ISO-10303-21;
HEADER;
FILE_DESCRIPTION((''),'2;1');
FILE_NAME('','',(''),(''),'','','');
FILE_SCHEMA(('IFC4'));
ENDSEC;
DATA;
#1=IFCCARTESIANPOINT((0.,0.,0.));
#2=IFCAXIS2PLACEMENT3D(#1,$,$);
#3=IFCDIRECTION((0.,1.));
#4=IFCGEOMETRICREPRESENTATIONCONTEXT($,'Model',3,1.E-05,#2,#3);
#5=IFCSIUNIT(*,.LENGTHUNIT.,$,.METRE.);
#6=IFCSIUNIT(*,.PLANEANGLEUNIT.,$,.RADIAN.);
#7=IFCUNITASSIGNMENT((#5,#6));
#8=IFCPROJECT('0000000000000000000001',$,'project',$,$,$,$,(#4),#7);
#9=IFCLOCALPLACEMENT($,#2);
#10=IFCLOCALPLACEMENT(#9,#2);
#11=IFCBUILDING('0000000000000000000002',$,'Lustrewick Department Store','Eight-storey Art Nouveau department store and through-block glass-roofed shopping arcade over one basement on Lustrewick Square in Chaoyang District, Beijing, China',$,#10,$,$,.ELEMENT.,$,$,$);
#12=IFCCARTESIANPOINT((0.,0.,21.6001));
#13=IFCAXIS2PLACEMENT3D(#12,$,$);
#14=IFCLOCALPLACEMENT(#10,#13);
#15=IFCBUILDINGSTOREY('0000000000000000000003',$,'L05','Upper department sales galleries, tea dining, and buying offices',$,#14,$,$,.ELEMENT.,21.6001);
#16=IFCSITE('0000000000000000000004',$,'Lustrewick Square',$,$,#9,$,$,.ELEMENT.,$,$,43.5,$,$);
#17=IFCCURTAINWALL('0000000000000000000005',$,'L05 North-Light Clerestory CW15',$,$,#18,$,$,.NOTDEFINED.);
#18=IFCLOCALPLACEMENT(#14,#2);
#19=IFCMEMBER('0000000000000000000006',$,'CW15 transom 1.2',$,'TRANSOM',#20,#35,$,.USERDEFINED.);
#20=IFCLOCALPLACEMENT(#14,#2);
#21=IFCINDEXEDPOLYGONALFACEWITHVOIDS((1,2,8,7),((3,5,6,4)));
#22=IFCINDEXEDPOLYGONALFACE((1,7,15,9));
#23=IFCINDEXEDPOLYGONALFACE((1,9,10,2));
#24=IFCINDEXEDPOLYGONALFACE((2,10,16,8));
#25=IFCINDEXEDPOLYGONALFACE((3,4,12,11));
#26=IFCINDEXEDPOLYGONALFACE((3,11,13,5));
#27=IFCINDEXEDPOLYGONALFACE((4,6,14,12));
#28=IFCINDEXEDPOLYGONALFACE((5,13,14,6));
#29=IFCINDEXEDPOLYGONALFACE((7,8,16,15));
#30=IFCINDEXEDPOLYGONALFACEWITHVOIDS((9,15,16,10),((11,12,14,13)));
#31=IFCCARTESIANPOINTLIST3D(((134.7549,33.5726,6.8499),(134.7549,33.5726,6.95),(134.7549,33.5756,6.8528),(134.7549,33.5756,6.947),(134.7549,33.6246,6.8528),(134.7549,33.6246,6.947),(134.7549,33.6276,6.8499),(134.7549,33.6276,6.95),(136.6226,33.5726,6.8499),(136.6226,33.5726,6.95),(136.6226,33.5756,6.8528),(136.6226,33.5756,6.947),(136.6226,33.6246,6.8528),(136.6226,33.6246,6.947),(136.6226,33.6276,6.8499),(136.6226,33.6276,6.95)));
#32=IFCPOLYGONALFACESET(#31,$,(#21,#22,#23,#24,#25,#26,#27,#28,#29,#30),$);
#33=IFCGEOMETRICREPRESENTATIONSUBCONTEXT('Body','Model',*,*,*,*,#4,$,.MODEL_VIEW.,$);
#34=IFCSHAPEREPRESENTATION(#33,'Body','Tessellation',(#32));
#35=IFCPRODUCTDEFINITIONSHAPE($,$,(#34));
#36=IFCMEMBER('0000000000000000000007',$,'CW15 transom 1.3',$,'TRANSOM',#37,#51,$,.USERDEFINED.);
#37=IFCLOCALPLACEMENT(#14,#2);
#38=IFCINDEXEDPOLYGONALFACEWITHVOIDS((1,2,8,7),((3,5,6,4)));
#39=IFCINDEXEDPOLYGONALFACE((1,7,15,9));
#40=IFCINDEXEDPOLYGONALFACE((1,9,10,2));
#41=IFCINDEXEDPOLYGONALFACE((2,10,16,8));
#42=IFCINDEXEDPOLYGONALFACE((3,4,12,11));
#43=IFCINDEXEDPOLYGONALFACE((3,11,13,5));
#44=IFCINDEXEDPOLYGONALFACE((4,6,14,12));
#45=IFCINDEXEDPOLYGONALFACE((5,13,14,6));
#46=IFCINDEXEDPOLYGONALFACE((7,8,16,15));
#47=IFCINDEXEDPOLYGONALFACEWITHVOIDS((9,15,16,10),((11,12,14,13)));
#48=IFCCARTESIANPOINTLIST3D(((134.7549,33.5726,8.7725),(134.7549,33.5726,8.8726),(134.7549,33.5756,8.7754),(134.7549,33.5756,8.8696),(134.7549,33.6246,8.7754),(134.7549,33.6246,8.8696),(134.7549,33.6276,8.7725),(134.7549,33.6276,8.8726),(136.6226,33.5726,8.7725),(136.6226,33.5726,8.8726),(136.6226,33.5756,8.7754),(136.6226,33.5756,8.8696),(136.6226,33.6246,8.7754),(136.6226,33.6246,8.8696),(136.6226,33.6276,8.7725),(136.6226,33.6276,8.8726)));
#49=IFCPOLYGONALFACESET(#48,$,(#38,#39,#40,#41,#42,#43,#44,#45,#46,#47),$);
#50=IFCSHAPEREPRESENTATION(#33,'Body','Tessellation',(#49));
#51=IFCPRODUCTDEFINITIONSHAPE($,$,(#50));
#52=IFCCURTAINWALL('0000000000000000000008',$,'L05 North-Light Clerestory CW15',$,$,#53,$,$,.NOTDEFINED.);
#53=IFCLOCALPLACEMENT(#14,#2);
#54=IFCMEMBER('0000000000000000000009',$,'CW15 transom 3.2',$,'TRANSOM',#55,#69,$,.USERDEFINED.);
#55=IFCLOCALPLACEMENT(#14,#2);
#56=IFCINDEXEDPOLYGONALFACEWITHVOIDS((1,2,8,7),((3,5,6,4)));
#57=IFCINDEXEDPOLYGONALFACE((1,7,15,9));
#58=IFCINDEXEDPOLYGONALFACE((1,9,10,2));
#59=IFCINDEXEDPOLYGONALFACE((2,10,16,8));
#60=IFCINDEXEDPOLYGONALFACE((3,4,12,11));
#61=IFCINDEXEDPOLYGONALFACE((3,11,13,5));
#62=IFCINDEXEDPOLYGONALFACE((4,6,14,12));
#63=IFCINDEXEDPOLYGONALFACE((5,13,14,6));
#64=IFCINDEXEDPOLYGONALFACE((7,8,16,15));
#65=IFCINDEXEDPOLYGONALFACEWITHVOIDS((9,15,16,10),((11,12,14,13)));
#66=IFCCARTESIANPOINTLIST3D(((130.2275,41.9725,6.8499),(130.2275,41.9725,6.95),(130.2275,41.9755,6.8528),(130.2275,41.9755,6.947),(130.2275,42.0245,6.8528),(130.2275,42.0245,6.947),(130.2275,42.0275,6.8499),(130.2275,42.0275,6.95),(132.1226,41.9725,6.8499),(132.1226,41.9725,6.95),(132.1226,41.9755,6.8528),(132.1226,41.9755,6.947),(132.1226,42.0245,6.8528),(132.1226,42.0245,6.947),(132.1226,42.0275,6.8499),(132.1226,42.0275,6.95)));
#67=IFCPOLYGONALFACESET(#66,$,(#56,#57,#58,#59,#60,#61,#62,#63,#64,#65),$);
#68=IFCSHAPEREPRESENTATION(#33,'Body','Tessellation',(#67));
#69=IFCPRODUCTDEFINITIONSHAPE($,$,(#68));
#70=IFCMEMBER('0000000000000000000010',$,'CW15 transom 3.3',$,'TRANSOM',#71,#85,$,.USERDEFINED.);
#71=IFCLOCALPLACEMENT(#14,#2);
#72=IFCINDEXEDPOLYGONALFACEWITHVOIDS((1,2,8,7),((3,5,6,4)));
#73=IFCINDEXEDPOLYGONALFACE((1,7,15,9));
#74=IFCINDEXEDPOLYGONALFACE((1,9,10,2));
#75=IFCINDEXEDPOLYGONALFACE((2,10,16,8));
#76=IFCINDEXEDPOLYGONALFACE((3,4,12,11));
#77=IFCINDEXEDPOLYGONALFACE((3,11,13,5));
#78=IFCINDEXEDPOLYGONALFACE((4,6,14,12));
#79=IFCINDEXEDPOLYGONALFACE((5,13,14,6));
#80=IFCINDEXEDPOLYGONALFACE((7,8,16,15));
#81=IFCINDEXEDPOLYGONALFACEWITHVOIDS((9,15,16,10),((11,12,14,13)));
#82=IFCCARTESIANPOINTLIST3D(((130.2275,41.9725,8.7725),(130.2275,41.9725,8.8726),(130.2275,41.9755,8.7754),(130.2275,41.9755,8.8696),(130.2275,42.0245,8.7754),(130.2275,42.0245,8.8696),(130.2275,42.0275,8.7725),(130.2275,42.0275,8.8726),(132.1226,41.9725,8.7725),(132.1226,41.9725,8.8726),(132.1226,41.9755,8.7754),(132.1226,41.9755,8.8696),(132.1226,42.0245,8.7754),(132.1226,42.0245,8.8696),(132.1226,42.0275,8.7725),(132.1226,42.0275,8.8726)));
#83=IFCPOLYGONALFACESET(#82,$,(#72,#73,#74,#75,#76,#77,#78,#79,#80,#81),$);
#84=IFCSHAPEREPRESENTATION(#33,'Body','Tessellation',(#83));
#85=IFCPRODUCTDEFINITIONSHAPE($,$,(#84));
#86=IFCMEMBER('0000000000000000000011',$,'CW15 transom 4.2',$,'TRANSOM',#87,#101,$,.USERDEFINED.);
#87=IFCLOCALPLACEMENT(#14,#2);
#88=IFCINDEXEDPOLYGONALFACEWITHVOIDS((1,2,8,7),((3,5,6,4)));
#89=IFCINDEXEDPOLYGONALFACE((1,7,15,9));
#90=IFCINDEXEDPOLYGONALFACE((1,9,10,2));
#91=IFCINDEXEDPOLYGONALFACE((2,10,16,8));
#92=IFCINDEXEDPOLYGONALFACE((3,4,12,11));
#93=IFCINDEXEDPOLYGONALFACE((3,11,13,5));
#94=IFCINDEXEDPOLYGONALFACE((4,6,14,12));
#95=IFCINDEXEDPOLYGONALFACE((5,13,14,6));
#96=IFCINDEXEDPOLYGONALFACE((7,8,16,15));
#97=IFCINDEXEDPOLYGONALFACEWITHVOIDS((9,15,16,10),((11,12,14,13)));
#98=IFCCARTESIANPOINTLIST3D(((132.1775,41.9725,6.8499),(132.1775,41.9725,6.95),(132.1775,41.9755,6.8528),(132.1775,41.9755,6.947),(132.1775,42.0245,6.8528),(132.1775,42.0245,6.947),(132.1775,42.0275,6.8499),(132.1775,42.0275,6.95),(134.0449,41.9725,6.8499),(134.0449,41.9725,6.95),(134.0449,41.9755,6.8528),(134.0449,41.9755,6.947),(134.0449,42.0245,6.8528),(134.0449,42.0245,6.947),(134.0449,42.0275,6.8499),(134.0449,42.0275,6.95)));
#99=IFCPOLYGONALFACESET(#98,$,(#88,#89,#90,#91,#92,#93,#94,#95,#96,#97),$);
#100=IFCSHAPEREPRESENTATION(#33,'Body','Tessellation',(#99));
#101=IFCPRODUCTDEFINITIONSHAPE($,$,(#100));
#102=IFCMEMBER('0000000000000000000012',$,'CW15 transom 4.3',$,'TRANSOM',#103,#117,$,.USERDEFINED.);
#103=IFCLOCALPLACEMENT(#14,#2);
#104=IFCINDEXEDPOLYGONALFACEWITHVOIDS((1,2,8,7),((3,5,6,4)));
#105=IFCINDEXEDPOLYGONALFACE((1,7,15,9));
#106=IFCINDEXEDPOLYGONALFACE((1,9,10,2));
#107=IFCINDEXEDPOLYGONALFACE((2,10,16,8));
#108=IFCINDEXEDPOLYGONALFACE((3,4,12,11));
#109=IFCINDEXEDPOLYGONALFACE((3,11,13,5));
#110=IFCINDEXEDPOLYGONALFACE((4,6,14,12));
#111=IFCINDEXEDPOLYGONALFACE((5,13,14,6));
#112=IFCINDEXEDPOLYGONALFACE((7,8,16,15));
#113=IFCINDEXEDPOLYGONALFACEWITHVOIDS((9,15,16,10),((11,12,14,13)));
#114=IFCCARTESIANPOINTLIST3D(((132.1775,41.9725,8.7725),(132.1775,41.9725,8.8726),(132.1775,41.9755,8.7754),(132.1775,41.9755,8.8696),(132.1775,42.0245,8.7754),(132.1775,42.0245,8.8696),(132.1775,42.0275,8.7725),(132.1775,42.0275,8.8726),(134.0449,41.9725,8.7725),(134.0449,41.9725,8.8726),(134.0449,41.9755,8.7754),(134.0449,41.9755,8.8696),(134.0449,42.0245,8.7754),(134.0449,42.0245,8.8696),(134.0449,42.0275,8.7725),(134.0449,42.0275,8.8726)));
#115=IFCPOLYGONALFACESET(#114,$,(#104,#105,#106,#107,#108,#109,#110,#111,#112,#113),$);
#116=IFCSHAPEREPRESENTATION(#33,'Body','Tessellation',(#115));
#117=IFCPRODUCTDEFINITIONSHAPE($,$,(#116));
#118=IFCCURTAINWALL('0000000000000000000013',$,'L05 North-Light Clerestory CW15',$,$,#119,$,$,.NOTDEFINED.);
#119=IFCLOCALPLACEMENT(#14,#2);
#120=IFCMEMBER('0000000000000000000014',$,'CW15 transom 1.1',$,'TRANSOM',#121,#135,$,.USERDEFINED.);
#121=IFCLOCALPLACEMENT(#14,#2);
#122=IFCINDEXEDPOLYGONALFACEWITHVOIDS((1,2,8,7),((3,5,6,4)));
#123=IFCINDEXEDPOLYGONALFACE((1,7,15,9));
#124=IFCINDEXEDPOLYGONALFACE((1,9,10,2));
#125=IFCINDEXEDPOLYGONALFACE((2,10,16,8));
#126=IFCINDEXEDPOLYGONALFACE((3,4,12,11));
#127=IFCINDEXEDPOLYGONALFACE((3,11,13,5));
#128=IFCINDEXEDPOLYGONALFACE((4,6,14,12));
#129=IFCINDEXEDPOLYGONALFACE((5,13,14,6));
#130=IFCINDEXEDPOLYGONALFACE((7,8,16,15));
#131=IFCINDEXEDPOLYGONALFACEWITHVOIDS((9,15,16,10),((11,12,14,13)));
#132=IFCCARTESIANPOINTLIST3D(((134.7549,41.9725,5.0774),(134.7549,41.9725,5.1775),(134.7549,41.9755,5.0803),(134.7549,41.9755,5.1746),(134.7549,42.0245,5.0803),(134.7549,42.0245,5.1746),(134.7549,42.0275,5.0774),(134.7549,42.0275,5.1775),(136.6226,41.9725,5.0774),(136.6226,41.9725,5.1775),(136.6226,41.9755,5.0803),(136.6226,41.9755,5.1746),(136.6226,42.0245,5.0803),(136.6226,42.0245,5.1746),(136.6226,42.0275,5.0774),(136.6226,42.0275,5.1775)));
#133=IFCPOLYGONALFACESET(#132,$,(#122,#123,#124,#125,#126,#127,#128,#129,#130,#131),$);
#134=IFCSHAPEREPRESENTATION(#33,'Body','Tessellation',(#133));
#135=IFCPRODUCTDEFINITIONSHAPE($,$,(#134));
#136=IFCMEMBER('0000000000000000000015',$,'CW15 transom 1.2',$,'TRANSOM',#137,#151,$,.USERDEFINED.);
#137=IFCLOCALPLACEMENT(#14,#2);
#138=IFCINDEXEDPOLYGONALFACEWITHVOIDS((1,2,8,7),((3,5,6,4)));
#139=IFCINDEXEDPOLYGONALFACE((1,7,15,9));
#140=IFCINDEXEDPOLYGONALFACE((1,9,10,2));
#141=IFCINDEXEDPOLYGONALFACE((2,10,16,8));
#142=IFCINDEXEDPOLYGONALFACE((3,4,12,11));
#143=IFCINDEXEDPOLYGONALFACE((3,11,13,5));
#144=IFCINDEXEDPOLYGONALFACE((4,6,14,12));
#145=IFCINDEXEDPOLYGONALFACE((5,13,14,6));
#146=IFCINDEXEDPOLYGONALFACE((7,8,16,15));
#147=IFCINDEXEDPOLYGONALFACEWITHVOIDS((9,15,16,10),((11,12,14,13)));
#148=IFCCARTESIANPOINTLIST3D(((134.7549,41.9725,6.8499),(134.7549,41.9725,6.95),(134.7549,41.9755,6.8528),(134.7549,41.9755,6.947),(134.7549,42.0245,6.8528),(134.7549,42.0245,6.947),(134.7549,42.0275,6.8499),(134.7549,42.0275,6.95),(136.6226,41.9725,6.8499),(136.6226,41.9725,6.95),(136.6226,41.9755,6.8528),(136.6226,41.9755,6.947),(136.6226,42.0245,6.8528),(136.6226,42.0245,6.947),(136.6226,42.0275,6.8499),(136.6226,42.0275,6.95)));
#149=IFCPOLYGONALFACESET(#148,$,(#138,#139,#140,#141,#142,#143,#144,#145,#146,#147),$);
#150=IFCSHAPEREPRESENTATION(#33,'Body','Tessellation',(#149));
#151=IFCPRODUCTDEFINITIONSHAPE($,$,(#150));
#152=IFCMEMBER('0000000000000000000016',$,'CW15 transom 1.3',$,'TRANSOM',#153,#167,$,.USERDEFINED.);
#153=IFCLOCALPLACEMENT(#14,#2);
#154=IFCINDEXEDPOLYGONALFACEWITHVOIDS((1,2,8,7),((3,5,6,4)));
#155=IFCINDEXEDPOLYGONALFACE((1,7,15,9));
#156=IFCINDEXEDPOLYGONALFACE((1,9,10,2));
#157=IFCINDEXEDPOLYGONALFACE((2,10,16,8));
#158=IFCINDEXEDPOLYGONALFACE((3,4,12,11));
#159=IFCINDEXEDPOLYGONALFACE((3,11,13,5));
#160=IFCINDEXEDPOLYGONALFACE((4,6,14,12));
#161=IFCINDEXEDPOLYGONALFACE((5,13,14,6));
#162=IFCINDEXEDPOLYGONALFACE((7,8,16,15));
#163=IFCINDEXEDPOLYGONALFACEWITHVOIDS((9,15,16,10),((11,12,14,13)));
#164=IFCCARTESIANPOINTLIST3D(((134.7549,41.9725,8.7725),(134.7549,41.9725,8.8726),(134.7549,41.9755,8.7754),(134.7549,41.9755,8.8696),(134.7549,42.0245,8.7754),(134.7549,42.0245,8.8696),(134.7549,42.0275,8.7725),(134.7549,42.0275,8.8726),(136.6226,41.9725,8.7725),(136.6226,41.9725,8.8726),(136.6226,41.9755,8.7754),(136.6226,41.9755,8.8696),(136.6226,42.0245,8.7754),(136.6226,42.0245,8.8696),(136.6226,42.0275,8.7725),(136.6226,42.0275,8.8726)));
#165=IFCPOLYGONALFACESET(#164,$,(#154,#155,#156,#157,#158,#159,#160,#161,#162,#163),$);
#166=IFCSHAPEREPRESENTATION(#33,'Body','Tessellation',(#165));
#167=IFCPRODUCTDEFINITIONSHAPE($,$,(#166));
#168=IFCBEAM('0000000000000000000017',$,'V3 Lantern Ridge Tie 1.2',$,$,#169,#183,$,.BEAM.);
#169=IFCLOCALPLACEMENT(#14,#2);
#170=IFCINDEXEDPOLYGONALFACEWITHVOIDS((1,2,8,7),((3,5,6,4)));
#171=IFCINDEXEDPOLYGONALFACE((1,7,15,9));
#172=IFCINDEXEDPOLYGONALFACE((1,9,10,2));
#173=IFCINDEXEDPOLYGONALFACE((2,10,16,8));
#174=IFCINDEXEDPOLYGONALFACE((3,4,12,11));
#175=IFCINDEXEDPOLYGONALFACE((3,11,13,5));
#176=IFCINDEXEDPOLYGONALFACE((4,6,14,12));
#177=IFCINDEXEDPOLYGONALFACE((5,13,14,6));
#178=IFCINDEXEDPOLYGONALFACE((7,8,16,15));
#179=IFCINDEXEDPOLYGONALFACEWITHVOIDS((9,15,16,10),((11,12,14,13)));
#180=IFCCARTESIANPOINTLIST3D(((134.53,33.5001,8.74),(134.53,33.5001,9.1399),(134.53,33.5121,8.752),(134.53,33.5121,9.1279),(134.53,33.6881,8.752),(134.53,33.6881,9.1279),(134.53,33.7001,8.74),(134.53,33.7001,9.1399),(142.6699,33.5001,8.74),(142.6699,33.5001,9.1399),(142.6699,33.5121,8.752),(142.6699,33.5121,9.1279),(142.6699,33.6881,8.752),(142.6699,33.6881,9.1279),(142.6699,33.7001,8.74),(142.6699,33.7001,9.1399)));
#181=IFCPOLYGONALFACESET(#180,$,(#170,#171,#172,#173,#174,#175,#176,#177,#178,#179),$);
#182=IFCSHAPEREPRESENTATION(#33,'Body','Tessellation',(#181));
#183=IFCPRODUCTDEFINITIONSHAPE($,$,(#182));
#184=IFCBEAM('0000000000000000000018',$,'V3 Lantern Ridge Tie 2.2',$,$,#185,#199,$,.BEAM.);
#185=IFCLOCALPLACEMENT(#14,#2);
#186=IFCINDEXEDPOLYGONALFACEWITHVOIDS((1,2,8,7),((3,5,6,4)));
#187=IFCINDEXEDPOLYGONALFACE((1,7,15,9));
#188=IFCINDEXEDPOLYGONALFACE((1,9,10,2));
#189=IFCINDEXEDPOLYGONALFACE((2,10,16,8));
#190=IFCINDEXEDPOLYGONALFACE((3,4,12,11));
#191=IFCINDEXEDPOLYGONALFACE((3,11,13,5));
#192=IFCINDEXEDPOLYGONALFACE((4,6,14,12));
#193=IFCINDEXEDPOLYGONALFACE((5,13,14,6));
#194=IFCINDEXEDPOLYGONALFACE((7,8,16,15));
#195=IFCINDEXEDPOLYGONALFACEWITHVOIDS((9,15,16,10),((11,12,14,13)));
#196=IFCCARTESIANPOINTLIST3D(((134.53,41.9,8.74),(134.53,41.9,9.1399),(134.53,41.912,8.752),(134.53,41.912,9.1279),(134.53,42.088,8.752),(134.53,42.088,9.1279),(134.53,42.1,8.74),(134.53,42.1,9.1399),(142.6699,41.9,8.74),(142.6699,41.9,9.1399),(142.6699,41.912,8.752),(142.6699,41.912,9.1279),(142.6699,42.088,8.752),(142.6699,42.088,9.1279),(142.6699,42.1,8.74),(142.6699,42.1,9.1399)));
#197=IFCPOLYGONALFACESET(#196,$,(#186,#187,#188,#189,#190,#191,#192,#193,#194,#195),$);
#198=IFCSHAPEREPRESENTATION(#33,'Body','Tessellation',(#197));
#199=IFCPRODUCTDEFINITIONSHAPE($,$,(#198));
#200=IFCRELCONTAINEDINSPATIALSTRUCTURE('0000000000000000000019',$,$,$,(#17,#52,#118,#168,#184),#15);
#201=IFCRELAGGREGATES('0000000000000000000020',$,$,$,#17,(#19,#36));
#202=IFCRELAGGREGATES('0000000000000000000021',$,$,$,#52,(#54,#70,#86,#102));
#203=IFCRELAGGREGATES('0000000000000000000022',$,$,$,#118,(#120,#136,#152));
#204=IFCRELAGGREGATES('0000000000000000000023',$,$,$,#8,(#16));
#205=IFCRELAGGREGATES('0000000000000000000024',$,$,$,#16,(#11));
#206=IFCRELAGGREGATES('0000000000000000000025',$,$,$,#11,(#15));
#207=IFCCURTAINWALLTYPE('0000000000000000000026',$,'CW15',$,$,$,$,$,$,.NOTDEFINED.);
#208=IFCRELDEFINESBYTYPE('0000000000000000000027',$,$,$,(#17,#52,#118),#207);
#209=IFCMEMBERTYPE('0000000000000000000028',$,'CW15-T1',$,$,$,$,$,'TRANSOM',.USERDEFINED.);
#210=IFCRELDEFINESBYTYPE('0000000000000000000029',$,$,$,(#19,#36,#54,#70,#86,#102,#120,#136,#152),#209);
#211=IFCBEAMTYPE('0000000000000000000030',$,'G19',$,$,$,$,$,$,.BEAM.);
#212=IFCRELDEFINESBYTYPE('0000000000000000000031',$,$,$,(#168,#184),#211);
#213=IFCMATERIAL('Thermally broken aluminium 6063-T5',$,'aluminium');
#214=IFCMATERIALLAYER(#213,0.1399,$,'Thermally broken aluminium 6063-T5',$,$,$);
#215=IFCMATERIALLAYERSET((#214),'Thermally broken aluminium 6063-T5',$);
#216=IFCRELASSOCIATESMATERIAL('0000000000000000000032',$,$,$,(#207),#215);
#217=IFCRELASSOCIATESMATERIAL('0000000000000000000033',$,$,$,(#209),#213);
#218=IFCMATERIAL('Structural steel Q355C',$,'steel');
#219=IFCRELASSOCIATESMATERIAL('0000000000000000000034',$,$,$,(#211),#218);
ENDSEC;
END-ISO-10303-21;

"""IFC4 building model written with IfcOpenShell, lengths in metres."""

from ifc_helpers import new_model, si_unit, direction, frame, origin, origin_2d, place, context, subcontext, project, spatial, hollow_rectangle, extrude, material, layer, layer_set, material_profile, profile_set, type_object, element, aggregate, save


model = new_model("IFC4")

# Units and contexts
model_context = context("Model", 3, precision=1e-05, world=origin(), true_north=direction((0.0, 1.0)))
body_context = subcontext(model_context, "Body", "Model", "MODEL_VIEW")
ifc_project = project(units=[si_unit("LENGTHUNIT", "METRE"), si_unit("PLANEANGLEUNIT", "RADIAN")], contexts=[model_context])

# Site, building, storey
site_placement = place(None, origin())
site = spatial("IfcSite", under=ifc_project, at=site_placement, Name="Lustrewick Square", CompositionType="ELEMENT", RefElevation=43.5)
building_placement = place(site_placement, origin())
building = spatial("IfcBuilding", under=site, at=building_placement, Name="Lustrewick Department Store", Description="Eight-storey Art Nouveau department store and through-block glass-roofed shopping arcade over one basement on Lustrewick Square in Chaoyang District, Beijing, China", CompositionType="ELEMENT")
storey_placement = place(building_placement, frame((0.0, 0.0, 21.6001)))
storey = spatial("IfcBuildingStorey", under=building, at=storey_placement, Name="L05", Description="Upper department sales galleries, tea dining, and buying offices", CompositionType="ELEMENT", Elevation=21.6001)

# Curtain walls, members
ifc_material_1 = material(Name="Thermally broken aluminium 6063-T5", Category="aluminium")
ifc_layer_1 = layer(ifc_material_1, 0.1399, Name="Thermally broken aluminium 6063-T5")
ifc_layer_set_1 = layer_set([ifc_layer_1], Name="Thermally broken aluminium 6063-T5")
curtain_wall_type = type_object("IfcCurtainWallType", Name="CW15", PredefinedType="NOTDEFINED", material=ifc_layer_set_1)
curtain_wall_1_placement = place(storey_placement, origin())
curtain_wall_1 = element("IfcCurtainWall", 1, at=curtain_wall_1_placement, inside=storey, type_object=curtain_wall_type, Name="L05 North-Light Clerestory CW15", PredefinedType="NOTDEFINED")
ifc_material_profile_1 = material_profile(ifc_material_1, hollow_rectangle(XDim=0.0549, YDim=0.1001, WallThickness=0.0029, at=origin_2d()), Name="ALU-T 55x100x3")
ifc_profile_set_1 = profile_set([ifc_material_profile_1], Name="Thermally broken aluminium 6063-T5")
member_type = type_object("IfcMemberType", Name="CW15-T1", ElementType="TRANSOM", PredefinedType="USERDEFINED", material=ifc_profile_set_1)
member_1_placement = place(storey_placement, frame((134.7549, 33.6001, 6.8999), z_axis=(1.0, 0.0, 0.0), x_axis=(0.0, 1.0, 0.0)))
member_1 = element("IfcMember", 2, at=member_1_placement, type_object=member_type, Name="CW15 transom 1.2", ObjectType="TRANSOM", PredefinedType="USERDEFINED", context=body_context, shape_type="SweptSolid", body=[
    extrude(hollow_rectangle(XDim=0.0549, YDim=0.1001, WallThickness=0.0029, at=origin_2d()), origin(), (0.0, 0.0, 1.0), 1.8677),
])
member_2_placement = place(storey_placement, frame((134.7549, 33.6001, 8.8225), z_axis=(1.0, 0.0, 0.0), x_axis=(0.0, 1.0, 0.0)))
member_2 = element("IfcMember", 3, at=member_2_placement, type_object=member_type, Name="CW15 transom 1.3", ObjectType="TRANSOM", PredefinedType="USERDEFINED", context=body_context, shape_type="SweptSolid", body=[
    extrude(hollow_rectangle(XDim=0.0549, YDim=0.1001, WallThickness=0.0029, at=origin_2d()), origin(), (0.0, 0.0, 1.0), 1.8677),
])
curtain_wall_2_placement = place(storey_placement, origin())
curtain_wall_2 = element("IfcCurtainWall", 4, at=curtain_wall_2_placement, inside=storey, type_object=curtain_wall_type, Name="L05 North-Light Clerestory CW15", PredefinedType="NOTDEFINED")
member_3_placement = place(storey_placement, frame((130.2275, 42.0, 6.8999), z_axis=(1.0, 0.0, 0.0), x_axis=(0.0, 1.0, 0.0)))
member_3 = element("IfcMember", 5, at=member_3_placement, type_object=member_type, Name="CW15 transom 3.2", ObjectType="TRANSOM", PredefinedType="USERDEFINED", context=body_context, shape_type="SweptSolid", body=[
    extrude(hollow_rectangle(XDim=0.0549, YDim=0.1001, WallThickness=0.0029, at=origin_2d()), origin(), (0.0, 0.0, 1.0), 1.895),
])
member_4_placement = place(storey_placement, frame((130.2275, 42.0, 8.8225), z_axis=(1.0, 0.0, 0.0), x_axis=(0.0, 1.0, 0.0)))
member_4 = element("IfcMember", 6, at=member_4_placement, type_object=member_type, Name="CW15 transom 3.3", ObjectType="TRANSOM", PredefinedType="USERDEFINED", context=body_context, shape_type="SweptSolid", body=[
    extrude(hollow_rectangle(XDim=0.0549, YDim=0.1001, WallThickness=0.0029, at=origin_2d()), origin(), (0.0, 0.0, 1.0), 1.895),
])
member_5_placement = place(storey_placement, frame((132.1775, 42.0, 6.8999), z_axis=(1.0, 0.0, 0.0), x_axis=(0.0, 1.0, 0.0)))
member_5 = element("IfcMember", 7, at=member_5_placement, type_object=member_type, Name="CW15 transom 4.2", ObjectType="TRANSOM", PredefinedType="USERDEFINED", context=body_context, shape_type="SweptSolid", body=[
    extrude(hollow_rectangle(XDim=0.0549, YDim=0.1001, WallThickness=0.0029, at=origin_2d()), origin(), (0.0, 0.0, 1.0), 1.8674),
])
member_6_placement = place(storey_placement, frame((132.1775, 42.0, 8.8225), z_axis=(1.0, 0.0, 0.0), x_axis=(0.0, 1.0, 0.0)))
member_6 = element("IfcMember", 8, at=member_6_placement, type_object=member_type, Name="CW15 transom 4.3", ObjectType="TRANSOM", PredefinedType="USERDEFINED", context=body_context, shape_type="SweptSolid", body=[
    extrude(hollow_rectangle(XDim=0.0549, YDim=0.1001, WallThickness=0.0029, at=origin_2d()), origin(), (0.0, 0.0, 1.0), 1.8674),
])
curtain_wall_3_placement = place(storey_placement, origin())
curtain_wall_3 = element("IfcCurtainWall", 9, at=curtain_wall_3_placement, inside=storey, type_object=curtain_wall_type, Name="L05 North-Light Clerestory CW15", PredefinedType="NOTDEFINED")
member_7_placement = place(storey_placement, frame((134.7549, 42.0, 5.1274), z_axis=(1.0, 0.0, 0.0), x_axis=(0.0, 1.0, 0.0)))
member_7 = element("IfcMember", 10, at=member_7_placement, type_object=member_type, Name="CW15 transom 1.1", ObjectType="TRANSOM", PredefinedType="USERDEFINED", context=body_context, shape_type="SweptSolid", body=[
    extrude(hollow_rectangle(XDim=0.0549, YDim=0.1001, WallThickness=0.0029, at=origin_2d()), origin(), (0.0, 0.0, 1.0), 1.8677),
])
member_8_placement = place(storey_placement, frame((134.7549, 42.0, 6.8999), z_axis=(1.0, 0.0, 0.0), x_axis=(0.0, 1.0, 0.0)))
member_8 = element("IfcMember", 11, at=member_8_placement, type_object=member_type, Name="CW15 transom 1.2", ObjectType="TRANSOM", PredefinedType="USERDEFINED", context=body_context, shape_type="SweptSolid", body=[
    extrude(hollow_rectangle(XDim=0.0549, YDim=0.1001, WallThickness=0.0029, at=origin_2d()), origin(), (0.0, 0.0, 1.0), 1.8677),
])
member_9_placement = place(storey_placement, frame((134.7549, 42.0, 8.8225), z_axis=(1.0, 0.0, 0.0), x_axis=(0.0, 1.0, 0.0)))
member_9 = element("IfcMember", 12, at=member_9_placement, type_object=member_type, Name="CW15 transom 1.3", ObjectType="TRANSOM", PredefinedType="USERDEFINED", context=body_context, shape_type="SweptSolid", body=[
    extrude(hollow_rectangle(XDim=0.0549, YDim=0.1001, WallThickness=0.0029, at=origin_2d()), origin(), (0.0, 0.0, 1.0), 1.8677),
])

# Beams
ifc_material_2 = material(Name="Structural steel Q355C", Category="steel")
ifc_material_profile_2 = material_profile(ifc_material_2, hollow_rectangle(XDim=0.2, YDim=0.3999, WallThickness=0.012, at=origin_2d()), Name="RHS 400x200x12")
ifc_profile_set_2 = profile_set([ifc_material_profile_2], Name="Structural steel Q355C")
beam_type = type_object("IfcBeamType", Name="G19", PredefinedType="BEAM", material=ifc_profile_set_2)
for number, where, z_axis, x_axis, name in (
    (13, (134.53, 33.6001, 8.9399), (1.0, 0.0, 0.0), (0.0, 1.0, 0.0), "V3 Lantern Ridge Tie 1.2"),
    (14, (134.53, 42.0, 8.9399), (1.0, 0.0, 0.0), (0.0, 1.0, 0.0), "V3 Lantern Ridge Tie 2.2"),
):
    element("IfcBeam", number, at=place(storey_placement, frame(where, z_axis=z_axis, x_axis=x_axis)), inside=storey, type_object=beam_type, Name=name, PredefinedType="BEAM", context=body_context, shape_type="SweptSolid", body=[
        extrude(hollow_rectangle(XDim=0.2, YDim=0.3999, WallThickness=0.012, at=origin_2d()), origin(), (0.0, 0.0, 1.0), 8.1399),
    ])

aggregate(curtain_wall_1, [member_1, member_2])
aggregate(curtain_wall_2, [member_3, member_4, member_5, member_6])
aggregate(curtain_wall_3, [member_7, member_8, member_9])

save(model, "model.ifc")
